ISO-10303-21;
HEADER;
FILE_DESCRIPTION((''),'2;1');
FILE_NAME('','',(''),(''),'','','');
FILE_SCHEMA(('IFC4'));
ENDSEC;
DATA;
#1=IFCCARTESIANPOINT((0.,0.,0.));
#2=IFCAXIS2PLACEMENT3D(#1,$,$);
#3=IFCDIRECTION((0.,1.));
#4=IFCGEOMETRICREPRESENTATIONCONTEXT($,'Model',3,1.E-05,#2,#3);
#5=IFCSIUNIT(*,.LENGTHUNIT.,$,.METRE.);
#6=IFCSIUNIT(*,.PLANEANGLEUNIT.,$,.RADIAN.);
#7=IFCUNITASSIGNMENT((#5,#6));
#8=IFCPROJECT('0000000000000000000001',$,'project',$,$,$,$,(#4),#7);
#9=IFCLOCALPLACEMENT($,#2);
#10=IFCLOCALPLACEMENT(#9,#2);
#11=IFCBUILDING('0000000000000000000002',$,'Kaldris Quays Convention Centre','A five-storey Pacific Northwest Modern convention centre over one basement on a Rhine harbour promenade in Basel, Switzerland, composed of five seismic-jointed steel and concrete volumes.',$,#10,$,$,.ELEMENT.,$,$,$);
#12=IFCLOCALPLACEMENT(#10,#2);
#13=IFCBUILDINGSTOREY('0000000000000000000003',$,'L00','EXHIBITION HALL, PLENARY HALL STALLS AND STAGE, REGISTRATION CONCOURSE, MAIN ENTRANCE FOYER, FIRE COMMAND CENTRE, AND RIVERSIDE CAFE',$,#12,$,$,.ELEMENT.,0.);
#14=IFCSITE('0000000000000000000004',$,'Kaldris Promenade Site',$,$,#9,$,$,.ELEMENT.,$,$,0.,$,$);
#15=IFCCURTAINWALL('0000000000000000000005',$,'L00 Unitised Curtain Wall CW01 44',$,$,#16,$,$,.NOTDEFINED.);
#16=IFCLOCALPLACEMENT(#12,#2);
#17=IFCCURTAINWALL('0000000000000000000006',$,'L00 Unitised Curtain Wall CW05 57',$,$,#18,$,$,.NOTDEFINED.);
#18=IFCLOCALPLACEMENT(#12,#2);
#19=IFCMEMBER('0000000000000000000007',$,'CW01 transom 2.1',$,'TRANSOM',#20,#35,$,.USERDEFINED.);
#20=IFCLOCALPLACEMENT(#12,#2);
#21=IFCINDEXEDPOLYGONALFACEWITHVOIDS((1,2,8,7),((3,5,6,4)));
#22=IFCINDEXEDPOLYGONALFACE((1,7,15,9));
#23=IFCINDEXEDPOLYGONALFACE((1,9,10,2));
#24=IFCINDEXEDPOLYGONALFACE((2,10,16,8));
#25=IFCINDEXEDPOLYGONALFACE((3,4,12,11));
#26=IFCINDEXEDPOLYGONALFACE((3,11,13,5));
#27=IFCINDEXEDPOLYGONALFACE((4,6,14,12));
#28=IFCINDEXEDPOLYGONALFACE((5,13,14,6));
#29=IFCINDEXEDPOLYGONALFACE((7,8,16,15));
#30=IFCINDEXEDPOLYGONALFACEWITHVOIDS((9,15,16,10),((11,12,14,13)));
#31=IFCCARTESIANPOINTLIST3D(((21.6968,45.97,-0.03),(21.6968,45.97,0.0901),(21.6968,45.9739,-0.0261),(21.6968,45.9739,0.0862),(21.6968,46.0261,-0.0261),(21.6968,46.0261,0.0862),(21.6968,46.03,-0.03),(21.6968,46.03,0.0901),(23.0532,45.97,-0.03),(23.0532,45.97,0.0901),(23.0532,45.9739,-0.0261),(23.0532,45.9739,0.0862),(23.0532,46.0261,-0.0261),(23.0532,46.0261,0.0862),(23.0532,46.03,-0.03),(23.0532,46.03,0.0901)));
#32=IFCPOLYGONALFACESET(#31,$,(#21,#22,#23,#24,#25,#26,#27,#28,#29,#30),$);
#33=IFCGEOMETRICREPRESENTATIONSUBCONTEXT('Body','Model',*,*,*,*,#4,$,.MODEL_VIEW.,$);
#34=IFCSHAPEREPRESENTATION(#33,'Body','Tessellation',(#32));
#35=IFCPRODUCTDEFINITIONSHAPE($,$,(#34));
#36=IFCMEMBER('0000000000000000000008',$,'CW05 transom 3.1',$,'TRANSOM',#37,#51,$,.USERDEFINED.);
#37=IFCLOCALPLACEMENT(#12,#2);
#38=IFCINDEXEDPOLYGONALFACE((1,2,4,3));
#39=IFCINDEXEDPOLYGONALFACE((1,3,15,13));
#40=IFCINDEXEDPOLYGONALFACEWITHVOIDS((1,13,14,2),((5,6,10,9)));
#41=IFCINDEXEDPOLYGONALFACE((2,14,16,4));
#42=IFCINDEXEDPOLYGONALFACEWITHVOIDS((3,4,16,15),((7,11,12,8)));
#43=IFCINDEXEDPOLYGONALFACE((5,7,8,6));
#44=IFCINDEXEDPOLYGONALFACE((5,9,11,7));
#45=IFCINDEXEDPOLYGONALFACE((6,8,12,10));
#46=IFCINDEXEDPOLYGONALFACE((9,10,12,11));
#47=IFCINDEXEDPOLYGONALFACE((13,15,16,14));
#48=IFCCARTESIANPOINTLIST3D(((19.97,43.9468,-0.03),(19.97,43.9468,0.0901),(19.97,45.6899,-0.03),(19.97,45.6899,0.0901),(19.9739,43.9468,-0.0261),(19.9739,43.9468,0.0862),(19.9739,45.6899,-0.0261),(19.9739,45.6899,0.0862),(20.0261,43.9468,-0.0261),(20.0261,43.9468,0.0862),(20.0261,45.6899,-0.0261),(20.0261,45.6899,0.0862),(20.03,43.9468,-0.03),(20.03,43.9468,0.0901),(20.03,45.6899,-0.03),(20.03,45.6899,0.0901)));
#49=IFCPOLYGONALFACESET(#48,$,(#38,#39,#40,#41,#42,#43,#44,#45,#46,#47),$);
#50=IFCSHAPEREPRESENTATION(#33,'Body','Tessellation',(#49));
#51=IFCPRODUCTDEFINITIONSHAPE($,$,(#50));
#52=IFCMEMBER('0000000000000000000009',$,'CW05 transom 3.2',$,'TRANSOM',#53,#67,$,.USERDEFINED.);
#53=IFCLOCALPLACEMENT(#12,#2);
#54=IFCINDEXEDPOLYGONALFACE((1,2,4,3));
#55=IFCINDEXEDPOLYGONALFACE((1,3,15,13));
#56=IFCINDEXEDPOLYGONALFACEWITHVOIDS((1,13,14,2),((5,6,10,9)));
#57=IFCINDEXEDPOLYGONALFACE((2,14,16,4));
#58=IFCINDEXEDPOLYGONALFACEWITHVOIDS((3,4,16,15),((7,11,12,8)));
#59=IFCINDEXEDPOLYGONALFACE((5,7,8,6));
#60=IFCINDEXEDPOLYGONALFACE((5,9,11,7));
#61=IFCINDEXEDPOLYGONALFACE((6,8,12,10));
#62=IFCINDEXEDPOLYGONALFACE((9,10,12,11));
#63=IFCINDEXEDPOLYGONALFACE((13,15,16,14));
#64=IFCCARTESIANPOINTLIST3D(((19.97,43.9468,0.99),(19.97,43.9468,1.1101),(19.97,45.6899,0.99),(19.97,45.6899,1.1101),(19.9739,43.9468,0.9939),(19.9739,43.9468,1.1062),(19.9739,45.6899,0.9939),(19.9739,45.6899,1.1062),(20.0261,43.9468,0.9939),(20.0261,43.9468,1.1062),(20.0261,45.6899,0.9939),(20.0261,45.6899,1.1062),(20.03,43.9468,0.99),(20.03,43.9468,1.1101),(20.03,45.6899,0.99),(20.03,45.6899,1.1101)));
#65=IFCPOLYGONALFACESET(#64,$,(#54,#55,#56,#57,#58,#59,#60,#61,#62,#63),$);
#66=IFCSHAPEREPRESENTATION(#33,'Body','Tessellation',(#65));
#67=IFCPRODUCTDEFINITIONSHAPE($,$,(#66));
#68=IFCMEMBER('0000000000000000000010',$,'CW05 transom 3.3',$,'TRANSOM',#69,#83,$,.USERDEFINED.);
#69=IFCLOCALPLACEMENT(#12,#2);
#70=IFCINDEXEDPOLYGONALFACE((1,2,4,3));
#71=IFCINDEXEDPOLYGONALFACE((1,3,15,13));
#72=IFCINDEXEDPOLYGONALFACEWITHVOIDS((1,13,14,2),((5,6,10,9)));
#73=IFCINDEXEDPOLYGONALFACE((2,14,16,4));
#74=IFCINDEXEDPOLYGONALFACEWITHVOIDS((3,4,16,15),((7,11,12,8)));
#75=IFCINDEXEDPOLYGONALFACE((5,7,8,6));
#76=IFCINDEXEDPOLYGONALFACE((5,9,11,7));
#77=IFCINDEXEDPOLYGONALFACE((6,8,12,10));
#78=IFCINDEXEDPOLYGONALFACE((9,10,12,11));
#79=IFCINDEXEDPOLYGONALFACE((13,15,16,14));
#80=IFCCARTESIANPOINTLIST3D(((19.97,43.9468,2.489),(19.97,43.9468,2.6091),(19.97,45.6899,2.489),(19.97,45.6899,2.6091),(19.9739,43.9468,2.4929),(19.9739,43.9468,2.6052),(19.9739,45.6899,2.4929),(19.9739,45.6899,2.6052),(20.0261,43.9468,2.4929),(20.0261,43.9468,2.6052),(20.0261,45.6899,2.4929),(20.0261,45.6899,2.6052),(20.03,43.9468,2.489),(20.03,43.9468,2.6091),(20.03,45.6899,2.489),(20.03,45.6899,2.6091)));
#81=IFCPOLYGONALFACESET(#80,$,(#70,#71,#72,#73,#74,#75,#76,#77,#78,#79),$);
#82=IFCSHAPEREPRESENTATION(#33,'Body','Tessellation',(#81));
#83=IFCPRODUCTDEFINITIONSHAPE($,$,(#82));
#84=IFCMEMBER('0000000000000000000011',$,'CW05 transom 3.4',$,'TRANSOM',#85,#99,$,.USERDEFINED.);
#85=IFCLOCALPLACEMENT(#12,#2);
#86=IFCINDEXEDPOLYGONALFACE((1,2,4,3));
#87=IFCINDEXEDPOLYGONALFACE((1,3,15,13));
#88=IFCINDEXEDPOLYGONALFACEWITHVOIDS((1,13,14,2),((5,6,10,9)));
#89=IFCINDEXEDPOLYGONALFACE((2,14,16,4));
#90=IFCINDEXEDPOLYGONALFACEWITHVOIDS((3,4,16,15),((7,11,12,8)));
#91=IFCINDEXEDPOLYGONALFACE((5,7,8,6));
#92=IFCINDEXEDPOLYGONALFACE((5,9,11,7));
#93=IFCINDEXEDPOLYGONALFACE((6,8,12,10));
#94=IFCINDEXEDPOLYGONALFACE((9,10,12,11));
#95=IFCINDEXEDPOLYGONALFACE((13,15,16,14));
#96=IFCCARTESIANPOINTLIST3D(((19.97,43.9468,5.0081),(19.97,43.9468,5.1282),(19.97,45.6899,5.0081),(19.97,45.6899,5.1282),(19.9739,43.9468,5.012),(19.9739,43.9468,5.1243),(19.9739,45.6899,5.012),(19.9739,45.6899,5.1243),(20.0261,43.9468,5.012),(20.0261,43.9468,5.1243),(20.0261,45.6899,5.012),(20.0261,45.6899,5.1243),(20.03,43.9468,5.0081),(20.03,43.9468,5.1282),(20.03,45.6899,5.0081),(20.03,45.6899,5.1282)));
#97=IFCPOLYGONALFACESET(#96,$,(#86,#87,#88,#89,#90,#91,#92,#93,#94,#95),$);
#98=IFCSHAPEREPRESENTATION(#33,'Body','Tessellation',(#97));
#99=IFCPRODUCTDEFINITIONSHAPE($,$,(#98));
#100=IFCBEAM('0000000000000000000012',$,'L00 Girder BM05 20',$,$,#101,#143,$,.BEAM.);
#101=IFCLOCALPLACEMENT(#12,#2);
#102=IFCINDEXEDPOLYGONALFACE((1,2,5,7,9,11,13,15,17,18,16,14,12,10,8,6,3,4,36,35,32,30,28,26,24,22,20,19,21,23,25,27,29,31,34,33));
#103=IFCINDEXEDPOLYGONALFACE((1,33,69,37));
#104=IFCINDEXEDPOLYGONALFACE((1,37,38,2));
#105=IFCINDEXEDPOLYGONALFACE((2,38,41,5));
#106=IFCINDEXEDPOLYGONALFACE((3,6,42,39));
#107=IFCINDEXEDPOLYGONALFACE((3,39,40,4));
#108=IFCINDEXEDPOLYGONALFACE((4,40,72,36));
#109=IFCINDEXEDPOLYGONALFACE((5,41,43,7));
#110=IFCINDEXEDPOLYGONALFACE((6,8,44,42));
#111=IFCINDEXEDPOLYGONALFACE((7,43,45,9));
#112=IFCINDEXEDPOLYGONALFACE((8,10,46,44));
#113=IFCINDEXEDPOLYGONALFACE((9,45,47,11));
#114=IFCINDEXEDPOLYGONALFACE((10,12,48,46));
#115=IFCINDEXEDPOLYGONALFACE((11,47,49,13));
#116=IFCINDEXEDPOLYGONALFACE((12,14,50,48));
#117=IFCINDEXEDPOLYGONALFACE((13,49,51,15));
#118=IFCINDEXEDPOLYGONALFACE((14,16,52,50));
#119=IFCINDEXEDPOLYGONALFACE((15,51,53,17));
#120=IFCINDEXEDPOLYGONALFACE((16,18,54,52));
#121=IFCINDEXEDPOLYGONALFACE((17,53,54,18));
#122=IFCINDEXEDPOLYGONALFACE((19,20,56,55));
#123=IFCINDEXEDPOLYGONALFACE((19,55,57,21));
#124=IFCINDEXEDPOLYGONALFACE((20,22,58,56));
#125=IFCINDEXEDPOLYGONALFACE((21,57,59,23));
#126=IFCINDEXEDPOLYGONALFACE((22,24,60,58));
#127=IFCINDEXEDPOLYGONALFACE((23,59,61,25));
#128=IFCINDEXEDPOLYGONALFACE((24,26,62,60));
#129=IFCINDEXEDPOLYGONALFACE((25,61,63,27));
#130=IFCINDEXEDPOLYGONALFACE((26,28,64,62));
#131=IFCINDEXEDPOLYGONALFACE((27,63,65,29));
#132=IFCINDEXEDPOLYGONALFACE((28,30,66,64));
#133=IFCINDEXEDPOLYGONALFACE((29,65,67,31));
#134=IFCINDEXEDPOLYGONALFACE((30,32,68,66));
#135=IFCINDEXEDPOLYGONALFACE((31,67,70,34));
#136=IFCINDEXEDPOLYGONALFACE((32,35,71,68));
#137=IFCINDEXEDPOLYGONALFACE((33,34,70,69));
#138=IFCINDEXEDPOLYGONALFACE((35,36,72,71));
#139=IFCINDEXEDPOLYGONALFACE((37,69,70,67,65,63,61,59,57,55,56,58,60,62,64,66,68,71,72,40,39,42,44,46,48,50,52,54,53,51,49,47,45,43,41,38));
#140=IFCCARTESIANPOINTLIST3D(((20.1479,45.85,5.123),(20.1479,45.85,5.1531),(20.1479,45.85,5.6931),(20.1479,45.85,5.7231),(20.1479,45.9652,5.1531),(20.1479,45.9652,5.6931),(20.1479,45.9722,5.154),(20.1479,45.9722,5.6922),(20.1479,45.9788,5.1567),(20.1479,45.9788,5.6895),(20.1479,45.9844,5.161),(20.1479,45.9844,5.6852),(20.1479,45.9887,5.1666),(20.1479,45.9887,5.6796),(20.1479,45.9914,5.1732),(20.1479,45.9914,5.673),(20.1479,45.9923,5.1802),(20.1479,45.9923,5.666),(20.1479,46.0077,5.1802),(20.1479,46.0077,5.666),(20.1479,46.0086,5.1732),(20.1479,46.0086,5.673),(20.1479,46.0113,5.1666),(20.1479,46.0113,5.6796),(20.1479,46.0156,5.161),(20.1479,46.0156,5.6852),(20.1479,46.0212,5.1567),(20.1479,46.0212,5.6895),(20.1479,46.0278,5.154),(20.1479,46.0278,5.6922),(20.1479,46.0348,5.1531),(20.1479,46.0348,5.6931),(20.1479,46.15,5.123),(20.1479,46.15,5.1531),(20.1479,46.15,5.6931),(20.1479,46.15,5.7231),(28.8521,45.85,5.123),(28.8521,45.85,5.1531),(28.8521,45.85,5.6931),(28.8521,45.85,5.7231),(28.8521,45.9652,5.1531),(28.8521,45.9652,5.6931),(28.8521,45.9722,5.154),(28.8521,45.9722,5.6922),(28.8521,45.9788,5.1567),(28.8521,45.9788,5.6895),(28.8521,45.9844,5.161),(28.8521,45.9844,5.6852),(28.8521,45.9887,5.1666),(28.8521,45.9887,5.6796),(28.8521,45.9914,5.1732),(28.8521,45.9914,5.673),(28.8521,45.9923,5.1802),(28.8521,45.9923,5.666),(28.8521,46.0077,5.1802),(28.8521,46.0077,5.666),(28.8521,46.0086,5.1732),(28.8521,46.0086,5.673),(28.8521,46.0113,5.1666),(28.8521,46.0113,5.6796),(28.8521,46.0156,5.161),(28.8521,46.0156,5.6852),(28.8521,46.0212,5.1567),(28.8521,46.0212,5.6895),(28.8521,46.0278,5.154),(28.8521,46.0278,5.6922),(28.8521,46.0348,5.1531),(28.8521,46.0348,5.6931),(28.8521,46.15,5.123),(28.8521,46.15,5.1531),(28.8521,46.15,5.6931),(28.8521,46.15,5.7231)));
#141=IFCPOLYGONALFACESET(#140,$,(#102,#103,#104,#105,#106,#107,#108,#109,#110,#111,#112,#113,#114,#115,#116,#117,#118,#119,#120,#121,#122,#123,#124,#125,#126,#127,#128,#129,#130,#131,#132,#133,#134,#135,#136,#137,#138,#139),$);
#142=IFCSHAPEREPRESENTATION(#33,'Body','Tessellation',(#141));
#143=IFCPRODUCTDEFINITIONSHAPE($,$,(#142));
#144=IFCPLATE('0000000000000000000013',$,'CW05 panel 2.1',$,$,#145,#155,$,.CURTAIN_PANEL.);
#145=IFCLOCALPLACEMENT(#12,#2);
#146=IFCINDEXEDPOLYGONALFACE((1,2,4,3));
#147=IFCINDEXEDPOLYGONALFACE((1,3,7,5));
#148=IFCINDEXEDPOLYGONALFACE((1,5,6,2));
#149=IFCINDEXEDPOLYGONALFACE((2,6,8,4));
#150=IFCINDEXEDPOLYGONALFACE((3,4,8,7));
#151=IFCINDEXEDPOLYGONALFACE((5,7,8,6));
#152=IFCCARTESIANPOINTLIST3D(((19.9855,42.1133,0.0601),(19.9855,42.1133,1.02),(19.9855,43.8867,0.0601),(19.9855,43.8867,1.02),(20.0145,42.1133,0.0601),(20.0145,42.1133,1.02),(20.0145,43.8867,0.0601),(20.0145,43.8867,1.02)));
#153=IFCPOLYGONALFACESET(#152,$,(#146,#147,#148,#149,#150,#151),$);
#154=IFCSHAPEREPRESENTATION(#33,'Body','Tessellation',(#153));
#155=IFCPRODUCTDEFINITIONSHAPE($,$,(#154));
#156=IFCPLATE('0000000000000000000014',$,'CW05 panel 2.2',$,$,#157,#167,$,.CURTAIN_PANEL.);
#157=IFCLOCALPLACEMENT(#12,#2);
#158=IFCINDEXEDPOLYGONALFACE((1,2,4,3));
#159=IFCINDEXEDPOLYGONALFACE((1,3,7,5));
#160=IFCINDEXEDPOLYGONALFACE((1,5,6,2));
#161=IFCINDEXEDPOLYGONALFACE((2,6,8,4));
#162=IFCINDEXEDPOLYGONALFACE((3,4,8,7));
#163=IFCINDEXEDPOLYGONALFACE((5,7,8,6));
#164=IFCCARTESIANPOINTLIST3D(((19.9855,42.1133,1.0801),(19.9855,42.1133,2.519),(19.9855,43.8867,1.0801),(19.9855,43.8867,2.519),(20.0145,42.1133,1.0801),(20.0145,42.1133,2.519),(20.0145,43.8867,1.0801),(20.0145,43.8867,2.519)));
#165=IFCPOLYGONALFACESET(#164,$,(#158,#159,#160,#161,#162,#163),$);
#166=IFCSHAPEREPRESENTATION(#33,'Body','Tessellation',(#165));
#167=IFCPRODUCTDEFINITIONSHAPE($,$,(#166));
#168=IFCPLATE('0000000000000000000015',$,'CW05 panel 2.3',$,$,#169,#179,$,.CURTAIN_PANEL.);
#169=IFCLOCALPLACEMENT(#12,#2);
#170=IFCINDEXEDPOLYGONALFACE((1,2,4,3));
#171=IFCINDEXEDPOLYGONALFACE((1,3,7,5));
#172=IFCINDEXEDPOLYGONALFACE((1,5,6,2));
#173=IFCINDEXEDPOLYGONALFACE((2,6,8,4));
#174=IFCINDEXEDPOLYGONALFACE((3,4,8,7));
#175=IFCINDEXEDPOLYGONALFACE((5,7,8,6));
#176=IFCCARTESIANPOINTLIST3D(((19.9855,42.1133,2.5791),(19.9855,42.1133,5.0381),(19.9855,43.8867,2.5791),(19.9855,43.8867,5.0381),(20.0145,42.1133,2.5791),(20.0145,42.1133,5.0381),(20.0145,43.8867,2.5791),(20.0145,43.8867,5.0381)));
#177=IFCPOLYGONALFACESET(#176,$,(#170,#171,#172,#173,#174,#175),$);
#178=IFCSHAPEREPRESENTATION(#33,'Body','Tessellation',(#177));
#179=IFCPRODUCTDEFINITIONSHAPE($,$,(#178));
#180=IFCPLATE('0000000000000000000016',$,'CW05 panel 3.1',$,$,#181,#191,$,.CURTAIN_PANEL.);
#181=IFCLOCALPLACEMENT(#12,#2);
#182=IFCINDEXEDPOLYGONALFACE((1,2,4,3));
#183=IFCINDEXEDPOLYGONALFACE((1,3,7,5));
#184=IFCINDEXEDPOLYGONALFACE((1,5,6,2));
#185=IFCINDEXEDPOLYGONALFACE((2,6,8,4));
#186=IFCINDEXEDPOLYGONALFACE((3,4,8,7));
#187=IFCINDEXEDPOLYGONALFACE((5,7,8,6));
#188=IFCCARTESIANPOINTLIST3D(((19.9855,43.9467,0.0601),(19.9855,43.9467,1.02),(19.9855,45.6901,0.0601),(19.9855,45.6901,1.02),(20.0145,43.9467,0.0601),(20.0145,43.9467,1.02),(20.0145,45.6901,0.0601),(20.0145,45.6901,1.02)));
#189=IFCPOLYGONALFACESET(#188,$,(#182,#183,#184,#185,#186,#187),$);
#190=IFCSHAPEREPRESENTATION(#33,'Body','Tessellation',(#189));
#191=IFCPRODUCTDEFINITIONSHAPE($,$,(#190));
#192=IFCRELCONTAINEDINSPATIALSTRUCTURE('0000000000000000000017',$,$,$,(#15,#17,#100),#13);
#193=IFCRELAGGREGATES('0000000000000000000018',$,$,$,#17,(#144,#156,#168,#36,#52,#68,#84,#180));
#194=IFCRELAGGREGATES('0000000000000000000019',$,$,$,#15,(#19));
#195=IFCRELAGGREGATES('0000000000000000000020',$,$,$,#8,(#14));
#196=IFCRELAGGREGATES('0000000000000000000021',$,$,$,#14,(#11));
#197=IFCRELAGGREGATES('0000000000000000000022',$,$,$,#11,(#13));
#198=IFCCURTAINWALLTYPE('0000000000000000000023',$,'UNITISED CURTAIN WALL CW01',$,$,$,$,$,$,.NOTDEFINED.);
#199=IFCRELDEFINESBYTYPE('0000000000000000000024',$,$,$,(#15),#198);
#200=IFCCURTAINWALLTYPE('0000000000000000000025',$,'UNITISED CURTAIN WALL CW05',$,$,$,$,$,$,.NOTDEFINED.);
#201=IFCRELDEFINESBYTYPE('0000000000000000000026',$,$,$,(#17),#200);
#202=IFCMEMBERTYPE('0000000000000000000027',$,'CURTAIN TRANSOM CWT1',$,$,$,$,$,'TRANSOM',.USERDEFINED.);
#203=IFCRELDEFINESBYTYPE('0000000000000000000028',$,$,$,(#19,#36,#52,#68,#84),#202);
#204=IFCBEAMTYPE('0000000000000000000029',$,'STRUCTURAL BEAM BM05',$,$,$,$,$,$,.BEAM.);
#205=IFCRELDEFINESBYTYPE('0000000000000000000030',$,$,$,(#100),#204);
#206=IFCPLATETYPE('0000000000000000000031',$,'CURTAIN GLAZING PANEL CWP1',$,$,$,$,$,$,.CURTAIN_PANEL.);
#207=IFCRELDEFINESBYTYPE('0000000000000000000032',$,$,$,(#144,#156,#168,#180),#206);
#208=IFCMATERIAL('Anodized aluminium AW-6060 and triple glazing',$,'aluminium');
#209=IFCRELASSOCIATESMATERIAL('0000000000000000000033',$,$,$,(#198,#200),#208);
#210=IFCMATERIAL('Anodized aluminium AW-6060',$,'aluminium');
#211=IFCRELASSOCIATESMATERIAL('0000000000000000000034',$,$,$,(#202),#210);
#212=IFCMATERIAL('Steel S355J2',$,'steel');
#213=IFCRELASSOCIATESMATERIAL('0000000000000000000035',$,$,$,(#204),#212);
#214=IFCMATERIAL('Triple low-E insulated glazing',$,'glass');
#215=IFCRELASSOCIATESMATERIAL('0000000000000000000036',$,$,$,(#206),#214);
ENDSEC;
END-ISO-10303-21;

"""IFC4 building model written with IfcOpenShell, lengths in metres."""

from ifc_helpers import new_model, si_unit, direction, frame, origin, origin_2d, place, context, subcontext, project, spatial, rectangle, hollow_rectangle, i_section, extrude, material, material_profile, profile_set, type_object, element, aggregate, save


model = new_model("IFC4")

# Units and contexts
model_context = context("Model", 3, precision=1e-05, world=origin(), true_north=direction((0.0, 1.0)))
body_context = subcontext(model_context, "Body", "Model", "MODEL_VIEW")
ifc_project = project(units=[si_unit("LENGTHUNIT", "METRE"), si_unit("PLANEANGLEUNIT", "RADIAN")], contexts=[model_context])

# Site, building, storey
site_placement = place(None, origin())
site = spatial("IfcSite", under=ifc_project, at=site_placement, Name="Kaldris Promenade Site", CompositionType="ELEMENT", RefElevation=0.0)
building_placement = place(site_placement, origin())
building = spatial("IfcBuilding", under=site, at=building_placement, Name="Kaldris Quays Convention Centre", Description="A five-storey Pacific Northwest Modern convention centre over one basement on a Rhine harbour promenade in Basel, Switzerland, composed of five seismic-jointed steel and concrete volumes.", CompositionType="ELEMENT")
storey_placement = place(building_placement, origin())
storey = spatial("IfcBuildingStorey", under=building, at=storey_placement, Name="L00", Description="EXHIBITION HALL, PLENARY HALL STALLS AND STAGE, REGISTRATION CONCOURSE, MAIN ENTRANCE FOYER, FIRE COMMAND CENTRE, AND RIVERSIDE CAFE", CompositionType="ELEMENT", Elevation=0.0)

# Curtain walls
ifc_material_1 = material(Name="Anodized aluminium AW-6060 and triple glazing", Category="aluminium")
curtain_wall_type_1 = type_object("IfcCurtainWallType", Name="UNITISED CURTAIN WALL CW01", PredefinedType="NOTDEFINED", material=ifc_material_1)
curtain_wall_1_placement = place(storey_placement, origin())
curtain_wall_1 = element("IfcCurtainWall", 1, at=curtain_wall_1_placement, inside=storey, type_object=curtain_wall_type_1, Name="L00 Unitised Curtain Wall CW01 44", PredefinedType="NOTDEFINED")
ifc_material_2 = material(Name="Anodized aluminium AW-6060", Category="aluminium")
curtain_wall_type_2 = type_object("IfcCurtainWallType", Name="UNITISED CURTAIN WALL CW05", PredefinedType="NOTDEFINED", material=ifc_material_1)
curtain_wall_2_placement = place(storey_placement, origin())
curtain_wall_2 = element("IfcCurtainWall", 2, at=curtain_wall_2_placement, inside=storey, type_object=curtain_wall_type_2, Name="L00 Unitised Curtain Wall CW05 57", PredefinedType="NOTDEFINED")

# Members
ifc_material_profile_1 = material_profile(ifc_material_2, hollow_rectangle(XDim=0.0601, YDim=0.1201, WallThickness=0.0039, at=origin_2d()), Name="RHS 120x60x4")
ifc_profile_set_1 = profile_set([ifc_material_profile_1], Name="Anodized aluminium AW-6060")
member_type_1 = type_object("IfcMemberType", Name="CURTAIN TRANSOM CWT1", ElementType="TRANSOM", PredefinedType="USERDEFINED", material=ifc_profile_set_1)
member_1_placement = place(storey_placement, frame((21.6968, 46.0, 0.03), z_axis=(1.0, 0.0, 0.0), x_axis=(0.0, 1.0, 0.0)))
member_1 = element("IfcMember", 3, at=member_1_placement, type_object=member_type_1, Name="CW01 transom 2.1", ObjectType="TRANSOM", PredefinedType="USERDEFINED", context=body_context, shape_type="SweptSolid", body=[
    extrude(hollow_rectangle(XDim=0.0601, YDim=0.1201, WallThickness=0.0039, at=origin_2d()), origin(), (0.0, 0.0, 1.0), 1.3564),
])
member_2_placement = place(storey_placement, frame((20.0, 43.9468, 0.03), z_axis=(0.0, 1.0, 0.0), x_axis=(-1.0, 0.0, 0.0)))
member_2 = element("IfcMember", 4, at=member_2_placement, type_object=member_type_1, Name="CW05 transom 3.1", ObjectType="TRANSOM", PredefinedType="USERDEFINED", context=body_context, shape_type="SweptSolid", body=[
    extrude(hollow_rectangle(XDim=0.0601, YDim=0.1201, WallThickness=0.0039, at=origin_2d()), origin(), (0.0, 0.0, 1.0), 1.7432),
])
member_3_placement = place(storey_placement, frame((20.0, 43.9468, 1.05), z_axis=(0.0, 1.0, 0.0), x_axis=(-1.0, 0.0, 0.0)))
member_3 = element("IfcMember", 5, at=member_3_placement, type_object=member_type_1, Name="CW05 transom 3.2", ObjectType="TRANSOM", PredefinedType="USERDEFINED", context=body_context, shape_type="SweptSolid", body=[
    extrude(hollow_rectangle(XDim=0.0601, YDim=0.1201, WallThickness=0.0039, at=origin_2d()), origin(), (0.0, 0.0, 1.0), 1.7432),
])
member_4_placement = place(storey_placement, frame((20.0, 43.9468, 2.5491), z_axis=(0.0, 1.0, 0.0), x_axis=(-1.0, 0.0, 0.0)))
member_4 = element("IfcMember", 6, at=member_4_placement, type_object=member_type_1, Name="CW05 transom 3.3", ObjectType="TRANSOM", PredefinedType="USERDEFINED", context=body_context, shape_type="SweptSolid", body=[
    extrude(hollow_rectangle(XDim=0.0601, YDim=0.1201, WallThickness=0.0039, at=origin_2d()), origin(), (0.0, 0.0, 1.0), 1.7432),
])
member_5_placement = place(storey_placement, frame((20.0, 43.9468, 5.0681), z_axis=(0.0, 1.0, 0.0), x_axis=(-1.0, 0.0, 0.0)))
member_5 = element("IfcMember", 7, at=member_5_placement, type_object=member_type_1, Name="CW05 transom 3.4", ObjectType="TRANSOM", PredefinedType="USERDEFINED", context=body_context, shape_type="SweptSolid", body=[
    extrude(hollow_rectangle(XDim=0.0601, YDim=0.1201, WallThickness=0.0039, at=origin_2d()), origin(), (0.0, 0.0, 1.0), 1.7432),
])

# Beam
ifc_material_3 = material(Name="Steel S355J2", Category="steel")
ifc_material_profile_2 = material_profile(ifc_material_3, i_section(OverallWidth=0.3, OverallDepth=0.6001, WebThickness=0.0154, FlangeThickness=0.03, FilletRadius=0.0271, at=origin_2d()), Name="HEB 600")
ifc_profile_set_2 = profile_set([ifc_material_profile_2], Name="Steel S355J2")
beam_type = type_object("IfcBeamType", Name="STRUCTURAL BEAM BM05", PredefinedType="BEAM", material=ifc_profile_set_2)
beam_placement = place(storey_placement, frame((20.1479, 46.0, 5.4231), z_axis=(1.0, 0.0, 0.0), x_axis=(0.0, 1.0, 0.0)))
element("IfcBeam", 8, at=beam_placement, inside=storey, type_object=beam_type, Name="L00 Girder BM05 20", PredefinedType="BEAM", context=body_context, shape_type="SweptSolid", body=[
    extrude(i_section(OverallWidth=0.3, OverallDepth=0.6001, WebThickness=0.0154, FlangeThickness=0.03, FilletRadius=0.0271, at=origin_2d()), origin(), (0.0, 0.0, 1.0), 8.7041),
])

# Plates
ifc_material_4 = material(Name="Triple low-E insulated glazing", Category="glass")
plate_type_1 = type_object("IfcPlateType", Name="CURTAIN GLAZING PANEL CWP1", PredefinedType="CURTAIN_PANEL", material=ifc_material_4)
plate_1_placement = place(storey_placement, frame((20.0, 43.0, 0.0601), z_axis=(0.0, 0.0, 1.0), x_axis=(0.0, 1.0, 0.0)))
plate_1 = element("IfcPlate", 9, at=plate_1_placement, type_object=plate_type_1, Name="CW05 panel 2.1", PredefinedType="CURTAIN_PANEL", context=body_context, shape_type="SweptSolid", body=[
    extrude(rectangle(XDim=1.7734, YDim=0.0291, at=origin_2d()), origin(), (0.0, 0.0, 1.0), 0.96),
])
plate_2_placement = place(storey_placement, frame((20.0, 43.0, 1.0801), z_axis=(0.0, 0.0, 1.0), x_axis=(0.0, 1.0, 0.0)))
plate_2 = element("IfcPlate", 10, at=plate_2_placement, type_object=plate_type_1, Name="CW05 panel 2.2", PredefinedType="CURTAIN_PANEL", context=body_context, shape_type="SweptSolid", body=[
    extrude(rectangle(XDim=1.7734, YDim=0.0291, at=origin_2d()), origin(), (0.0, 0.0, 1.0), 1.439),
])
plate_3_placement = place(storey_placement, frame((20.0, 43.0, 2.5791), z_axis=(0.0, 0.0, 1.0), x_axis=(0.0, 1.0, 0.0)))
plate_3 = element("IfcPlate", 11, at=plate_3_placement, type_object=plate_type_1, Name="CW05 panel 2.3", PredefinedType="CURTAIN_PANEL", context=body_context, shape_type="SweptSolid", body=[
    extrude(rectangle(XDim=1.7734, YDim=0.0291, at=origin_2d()), origin(), (0.0, 0.0, 1.0), 2.459),
])
plate_4_placement = place(storey_placement, frame((20.0, 44.8184, 0.0601), z_axis=(0.0, 0.0, 1.0), x_axis=(0.0, 1.0, 0.0)))
plate_4 = element("IfcPlate", 12, at=plate_4_placement, type_object=plate_type_1, Name="CW05 panel 3.1", PredefinedType="CURTAIN_PANEL", context=body_context, shape_type="SweptSolid", body=[
    extrude(rectangle(XDim=1.7434, YDim=0.0291, at=origin_2d()), origin(), (0.0, 0.0, 1.0), 0.96),
])
aggregate(curtain_wall_2, [plate_1, plate_2, plate_3, member_2, member_3, member_4, member_5, plate_4])
aggregate(curtain_wall_1, [member_1])

save(model, "model.ifc")
